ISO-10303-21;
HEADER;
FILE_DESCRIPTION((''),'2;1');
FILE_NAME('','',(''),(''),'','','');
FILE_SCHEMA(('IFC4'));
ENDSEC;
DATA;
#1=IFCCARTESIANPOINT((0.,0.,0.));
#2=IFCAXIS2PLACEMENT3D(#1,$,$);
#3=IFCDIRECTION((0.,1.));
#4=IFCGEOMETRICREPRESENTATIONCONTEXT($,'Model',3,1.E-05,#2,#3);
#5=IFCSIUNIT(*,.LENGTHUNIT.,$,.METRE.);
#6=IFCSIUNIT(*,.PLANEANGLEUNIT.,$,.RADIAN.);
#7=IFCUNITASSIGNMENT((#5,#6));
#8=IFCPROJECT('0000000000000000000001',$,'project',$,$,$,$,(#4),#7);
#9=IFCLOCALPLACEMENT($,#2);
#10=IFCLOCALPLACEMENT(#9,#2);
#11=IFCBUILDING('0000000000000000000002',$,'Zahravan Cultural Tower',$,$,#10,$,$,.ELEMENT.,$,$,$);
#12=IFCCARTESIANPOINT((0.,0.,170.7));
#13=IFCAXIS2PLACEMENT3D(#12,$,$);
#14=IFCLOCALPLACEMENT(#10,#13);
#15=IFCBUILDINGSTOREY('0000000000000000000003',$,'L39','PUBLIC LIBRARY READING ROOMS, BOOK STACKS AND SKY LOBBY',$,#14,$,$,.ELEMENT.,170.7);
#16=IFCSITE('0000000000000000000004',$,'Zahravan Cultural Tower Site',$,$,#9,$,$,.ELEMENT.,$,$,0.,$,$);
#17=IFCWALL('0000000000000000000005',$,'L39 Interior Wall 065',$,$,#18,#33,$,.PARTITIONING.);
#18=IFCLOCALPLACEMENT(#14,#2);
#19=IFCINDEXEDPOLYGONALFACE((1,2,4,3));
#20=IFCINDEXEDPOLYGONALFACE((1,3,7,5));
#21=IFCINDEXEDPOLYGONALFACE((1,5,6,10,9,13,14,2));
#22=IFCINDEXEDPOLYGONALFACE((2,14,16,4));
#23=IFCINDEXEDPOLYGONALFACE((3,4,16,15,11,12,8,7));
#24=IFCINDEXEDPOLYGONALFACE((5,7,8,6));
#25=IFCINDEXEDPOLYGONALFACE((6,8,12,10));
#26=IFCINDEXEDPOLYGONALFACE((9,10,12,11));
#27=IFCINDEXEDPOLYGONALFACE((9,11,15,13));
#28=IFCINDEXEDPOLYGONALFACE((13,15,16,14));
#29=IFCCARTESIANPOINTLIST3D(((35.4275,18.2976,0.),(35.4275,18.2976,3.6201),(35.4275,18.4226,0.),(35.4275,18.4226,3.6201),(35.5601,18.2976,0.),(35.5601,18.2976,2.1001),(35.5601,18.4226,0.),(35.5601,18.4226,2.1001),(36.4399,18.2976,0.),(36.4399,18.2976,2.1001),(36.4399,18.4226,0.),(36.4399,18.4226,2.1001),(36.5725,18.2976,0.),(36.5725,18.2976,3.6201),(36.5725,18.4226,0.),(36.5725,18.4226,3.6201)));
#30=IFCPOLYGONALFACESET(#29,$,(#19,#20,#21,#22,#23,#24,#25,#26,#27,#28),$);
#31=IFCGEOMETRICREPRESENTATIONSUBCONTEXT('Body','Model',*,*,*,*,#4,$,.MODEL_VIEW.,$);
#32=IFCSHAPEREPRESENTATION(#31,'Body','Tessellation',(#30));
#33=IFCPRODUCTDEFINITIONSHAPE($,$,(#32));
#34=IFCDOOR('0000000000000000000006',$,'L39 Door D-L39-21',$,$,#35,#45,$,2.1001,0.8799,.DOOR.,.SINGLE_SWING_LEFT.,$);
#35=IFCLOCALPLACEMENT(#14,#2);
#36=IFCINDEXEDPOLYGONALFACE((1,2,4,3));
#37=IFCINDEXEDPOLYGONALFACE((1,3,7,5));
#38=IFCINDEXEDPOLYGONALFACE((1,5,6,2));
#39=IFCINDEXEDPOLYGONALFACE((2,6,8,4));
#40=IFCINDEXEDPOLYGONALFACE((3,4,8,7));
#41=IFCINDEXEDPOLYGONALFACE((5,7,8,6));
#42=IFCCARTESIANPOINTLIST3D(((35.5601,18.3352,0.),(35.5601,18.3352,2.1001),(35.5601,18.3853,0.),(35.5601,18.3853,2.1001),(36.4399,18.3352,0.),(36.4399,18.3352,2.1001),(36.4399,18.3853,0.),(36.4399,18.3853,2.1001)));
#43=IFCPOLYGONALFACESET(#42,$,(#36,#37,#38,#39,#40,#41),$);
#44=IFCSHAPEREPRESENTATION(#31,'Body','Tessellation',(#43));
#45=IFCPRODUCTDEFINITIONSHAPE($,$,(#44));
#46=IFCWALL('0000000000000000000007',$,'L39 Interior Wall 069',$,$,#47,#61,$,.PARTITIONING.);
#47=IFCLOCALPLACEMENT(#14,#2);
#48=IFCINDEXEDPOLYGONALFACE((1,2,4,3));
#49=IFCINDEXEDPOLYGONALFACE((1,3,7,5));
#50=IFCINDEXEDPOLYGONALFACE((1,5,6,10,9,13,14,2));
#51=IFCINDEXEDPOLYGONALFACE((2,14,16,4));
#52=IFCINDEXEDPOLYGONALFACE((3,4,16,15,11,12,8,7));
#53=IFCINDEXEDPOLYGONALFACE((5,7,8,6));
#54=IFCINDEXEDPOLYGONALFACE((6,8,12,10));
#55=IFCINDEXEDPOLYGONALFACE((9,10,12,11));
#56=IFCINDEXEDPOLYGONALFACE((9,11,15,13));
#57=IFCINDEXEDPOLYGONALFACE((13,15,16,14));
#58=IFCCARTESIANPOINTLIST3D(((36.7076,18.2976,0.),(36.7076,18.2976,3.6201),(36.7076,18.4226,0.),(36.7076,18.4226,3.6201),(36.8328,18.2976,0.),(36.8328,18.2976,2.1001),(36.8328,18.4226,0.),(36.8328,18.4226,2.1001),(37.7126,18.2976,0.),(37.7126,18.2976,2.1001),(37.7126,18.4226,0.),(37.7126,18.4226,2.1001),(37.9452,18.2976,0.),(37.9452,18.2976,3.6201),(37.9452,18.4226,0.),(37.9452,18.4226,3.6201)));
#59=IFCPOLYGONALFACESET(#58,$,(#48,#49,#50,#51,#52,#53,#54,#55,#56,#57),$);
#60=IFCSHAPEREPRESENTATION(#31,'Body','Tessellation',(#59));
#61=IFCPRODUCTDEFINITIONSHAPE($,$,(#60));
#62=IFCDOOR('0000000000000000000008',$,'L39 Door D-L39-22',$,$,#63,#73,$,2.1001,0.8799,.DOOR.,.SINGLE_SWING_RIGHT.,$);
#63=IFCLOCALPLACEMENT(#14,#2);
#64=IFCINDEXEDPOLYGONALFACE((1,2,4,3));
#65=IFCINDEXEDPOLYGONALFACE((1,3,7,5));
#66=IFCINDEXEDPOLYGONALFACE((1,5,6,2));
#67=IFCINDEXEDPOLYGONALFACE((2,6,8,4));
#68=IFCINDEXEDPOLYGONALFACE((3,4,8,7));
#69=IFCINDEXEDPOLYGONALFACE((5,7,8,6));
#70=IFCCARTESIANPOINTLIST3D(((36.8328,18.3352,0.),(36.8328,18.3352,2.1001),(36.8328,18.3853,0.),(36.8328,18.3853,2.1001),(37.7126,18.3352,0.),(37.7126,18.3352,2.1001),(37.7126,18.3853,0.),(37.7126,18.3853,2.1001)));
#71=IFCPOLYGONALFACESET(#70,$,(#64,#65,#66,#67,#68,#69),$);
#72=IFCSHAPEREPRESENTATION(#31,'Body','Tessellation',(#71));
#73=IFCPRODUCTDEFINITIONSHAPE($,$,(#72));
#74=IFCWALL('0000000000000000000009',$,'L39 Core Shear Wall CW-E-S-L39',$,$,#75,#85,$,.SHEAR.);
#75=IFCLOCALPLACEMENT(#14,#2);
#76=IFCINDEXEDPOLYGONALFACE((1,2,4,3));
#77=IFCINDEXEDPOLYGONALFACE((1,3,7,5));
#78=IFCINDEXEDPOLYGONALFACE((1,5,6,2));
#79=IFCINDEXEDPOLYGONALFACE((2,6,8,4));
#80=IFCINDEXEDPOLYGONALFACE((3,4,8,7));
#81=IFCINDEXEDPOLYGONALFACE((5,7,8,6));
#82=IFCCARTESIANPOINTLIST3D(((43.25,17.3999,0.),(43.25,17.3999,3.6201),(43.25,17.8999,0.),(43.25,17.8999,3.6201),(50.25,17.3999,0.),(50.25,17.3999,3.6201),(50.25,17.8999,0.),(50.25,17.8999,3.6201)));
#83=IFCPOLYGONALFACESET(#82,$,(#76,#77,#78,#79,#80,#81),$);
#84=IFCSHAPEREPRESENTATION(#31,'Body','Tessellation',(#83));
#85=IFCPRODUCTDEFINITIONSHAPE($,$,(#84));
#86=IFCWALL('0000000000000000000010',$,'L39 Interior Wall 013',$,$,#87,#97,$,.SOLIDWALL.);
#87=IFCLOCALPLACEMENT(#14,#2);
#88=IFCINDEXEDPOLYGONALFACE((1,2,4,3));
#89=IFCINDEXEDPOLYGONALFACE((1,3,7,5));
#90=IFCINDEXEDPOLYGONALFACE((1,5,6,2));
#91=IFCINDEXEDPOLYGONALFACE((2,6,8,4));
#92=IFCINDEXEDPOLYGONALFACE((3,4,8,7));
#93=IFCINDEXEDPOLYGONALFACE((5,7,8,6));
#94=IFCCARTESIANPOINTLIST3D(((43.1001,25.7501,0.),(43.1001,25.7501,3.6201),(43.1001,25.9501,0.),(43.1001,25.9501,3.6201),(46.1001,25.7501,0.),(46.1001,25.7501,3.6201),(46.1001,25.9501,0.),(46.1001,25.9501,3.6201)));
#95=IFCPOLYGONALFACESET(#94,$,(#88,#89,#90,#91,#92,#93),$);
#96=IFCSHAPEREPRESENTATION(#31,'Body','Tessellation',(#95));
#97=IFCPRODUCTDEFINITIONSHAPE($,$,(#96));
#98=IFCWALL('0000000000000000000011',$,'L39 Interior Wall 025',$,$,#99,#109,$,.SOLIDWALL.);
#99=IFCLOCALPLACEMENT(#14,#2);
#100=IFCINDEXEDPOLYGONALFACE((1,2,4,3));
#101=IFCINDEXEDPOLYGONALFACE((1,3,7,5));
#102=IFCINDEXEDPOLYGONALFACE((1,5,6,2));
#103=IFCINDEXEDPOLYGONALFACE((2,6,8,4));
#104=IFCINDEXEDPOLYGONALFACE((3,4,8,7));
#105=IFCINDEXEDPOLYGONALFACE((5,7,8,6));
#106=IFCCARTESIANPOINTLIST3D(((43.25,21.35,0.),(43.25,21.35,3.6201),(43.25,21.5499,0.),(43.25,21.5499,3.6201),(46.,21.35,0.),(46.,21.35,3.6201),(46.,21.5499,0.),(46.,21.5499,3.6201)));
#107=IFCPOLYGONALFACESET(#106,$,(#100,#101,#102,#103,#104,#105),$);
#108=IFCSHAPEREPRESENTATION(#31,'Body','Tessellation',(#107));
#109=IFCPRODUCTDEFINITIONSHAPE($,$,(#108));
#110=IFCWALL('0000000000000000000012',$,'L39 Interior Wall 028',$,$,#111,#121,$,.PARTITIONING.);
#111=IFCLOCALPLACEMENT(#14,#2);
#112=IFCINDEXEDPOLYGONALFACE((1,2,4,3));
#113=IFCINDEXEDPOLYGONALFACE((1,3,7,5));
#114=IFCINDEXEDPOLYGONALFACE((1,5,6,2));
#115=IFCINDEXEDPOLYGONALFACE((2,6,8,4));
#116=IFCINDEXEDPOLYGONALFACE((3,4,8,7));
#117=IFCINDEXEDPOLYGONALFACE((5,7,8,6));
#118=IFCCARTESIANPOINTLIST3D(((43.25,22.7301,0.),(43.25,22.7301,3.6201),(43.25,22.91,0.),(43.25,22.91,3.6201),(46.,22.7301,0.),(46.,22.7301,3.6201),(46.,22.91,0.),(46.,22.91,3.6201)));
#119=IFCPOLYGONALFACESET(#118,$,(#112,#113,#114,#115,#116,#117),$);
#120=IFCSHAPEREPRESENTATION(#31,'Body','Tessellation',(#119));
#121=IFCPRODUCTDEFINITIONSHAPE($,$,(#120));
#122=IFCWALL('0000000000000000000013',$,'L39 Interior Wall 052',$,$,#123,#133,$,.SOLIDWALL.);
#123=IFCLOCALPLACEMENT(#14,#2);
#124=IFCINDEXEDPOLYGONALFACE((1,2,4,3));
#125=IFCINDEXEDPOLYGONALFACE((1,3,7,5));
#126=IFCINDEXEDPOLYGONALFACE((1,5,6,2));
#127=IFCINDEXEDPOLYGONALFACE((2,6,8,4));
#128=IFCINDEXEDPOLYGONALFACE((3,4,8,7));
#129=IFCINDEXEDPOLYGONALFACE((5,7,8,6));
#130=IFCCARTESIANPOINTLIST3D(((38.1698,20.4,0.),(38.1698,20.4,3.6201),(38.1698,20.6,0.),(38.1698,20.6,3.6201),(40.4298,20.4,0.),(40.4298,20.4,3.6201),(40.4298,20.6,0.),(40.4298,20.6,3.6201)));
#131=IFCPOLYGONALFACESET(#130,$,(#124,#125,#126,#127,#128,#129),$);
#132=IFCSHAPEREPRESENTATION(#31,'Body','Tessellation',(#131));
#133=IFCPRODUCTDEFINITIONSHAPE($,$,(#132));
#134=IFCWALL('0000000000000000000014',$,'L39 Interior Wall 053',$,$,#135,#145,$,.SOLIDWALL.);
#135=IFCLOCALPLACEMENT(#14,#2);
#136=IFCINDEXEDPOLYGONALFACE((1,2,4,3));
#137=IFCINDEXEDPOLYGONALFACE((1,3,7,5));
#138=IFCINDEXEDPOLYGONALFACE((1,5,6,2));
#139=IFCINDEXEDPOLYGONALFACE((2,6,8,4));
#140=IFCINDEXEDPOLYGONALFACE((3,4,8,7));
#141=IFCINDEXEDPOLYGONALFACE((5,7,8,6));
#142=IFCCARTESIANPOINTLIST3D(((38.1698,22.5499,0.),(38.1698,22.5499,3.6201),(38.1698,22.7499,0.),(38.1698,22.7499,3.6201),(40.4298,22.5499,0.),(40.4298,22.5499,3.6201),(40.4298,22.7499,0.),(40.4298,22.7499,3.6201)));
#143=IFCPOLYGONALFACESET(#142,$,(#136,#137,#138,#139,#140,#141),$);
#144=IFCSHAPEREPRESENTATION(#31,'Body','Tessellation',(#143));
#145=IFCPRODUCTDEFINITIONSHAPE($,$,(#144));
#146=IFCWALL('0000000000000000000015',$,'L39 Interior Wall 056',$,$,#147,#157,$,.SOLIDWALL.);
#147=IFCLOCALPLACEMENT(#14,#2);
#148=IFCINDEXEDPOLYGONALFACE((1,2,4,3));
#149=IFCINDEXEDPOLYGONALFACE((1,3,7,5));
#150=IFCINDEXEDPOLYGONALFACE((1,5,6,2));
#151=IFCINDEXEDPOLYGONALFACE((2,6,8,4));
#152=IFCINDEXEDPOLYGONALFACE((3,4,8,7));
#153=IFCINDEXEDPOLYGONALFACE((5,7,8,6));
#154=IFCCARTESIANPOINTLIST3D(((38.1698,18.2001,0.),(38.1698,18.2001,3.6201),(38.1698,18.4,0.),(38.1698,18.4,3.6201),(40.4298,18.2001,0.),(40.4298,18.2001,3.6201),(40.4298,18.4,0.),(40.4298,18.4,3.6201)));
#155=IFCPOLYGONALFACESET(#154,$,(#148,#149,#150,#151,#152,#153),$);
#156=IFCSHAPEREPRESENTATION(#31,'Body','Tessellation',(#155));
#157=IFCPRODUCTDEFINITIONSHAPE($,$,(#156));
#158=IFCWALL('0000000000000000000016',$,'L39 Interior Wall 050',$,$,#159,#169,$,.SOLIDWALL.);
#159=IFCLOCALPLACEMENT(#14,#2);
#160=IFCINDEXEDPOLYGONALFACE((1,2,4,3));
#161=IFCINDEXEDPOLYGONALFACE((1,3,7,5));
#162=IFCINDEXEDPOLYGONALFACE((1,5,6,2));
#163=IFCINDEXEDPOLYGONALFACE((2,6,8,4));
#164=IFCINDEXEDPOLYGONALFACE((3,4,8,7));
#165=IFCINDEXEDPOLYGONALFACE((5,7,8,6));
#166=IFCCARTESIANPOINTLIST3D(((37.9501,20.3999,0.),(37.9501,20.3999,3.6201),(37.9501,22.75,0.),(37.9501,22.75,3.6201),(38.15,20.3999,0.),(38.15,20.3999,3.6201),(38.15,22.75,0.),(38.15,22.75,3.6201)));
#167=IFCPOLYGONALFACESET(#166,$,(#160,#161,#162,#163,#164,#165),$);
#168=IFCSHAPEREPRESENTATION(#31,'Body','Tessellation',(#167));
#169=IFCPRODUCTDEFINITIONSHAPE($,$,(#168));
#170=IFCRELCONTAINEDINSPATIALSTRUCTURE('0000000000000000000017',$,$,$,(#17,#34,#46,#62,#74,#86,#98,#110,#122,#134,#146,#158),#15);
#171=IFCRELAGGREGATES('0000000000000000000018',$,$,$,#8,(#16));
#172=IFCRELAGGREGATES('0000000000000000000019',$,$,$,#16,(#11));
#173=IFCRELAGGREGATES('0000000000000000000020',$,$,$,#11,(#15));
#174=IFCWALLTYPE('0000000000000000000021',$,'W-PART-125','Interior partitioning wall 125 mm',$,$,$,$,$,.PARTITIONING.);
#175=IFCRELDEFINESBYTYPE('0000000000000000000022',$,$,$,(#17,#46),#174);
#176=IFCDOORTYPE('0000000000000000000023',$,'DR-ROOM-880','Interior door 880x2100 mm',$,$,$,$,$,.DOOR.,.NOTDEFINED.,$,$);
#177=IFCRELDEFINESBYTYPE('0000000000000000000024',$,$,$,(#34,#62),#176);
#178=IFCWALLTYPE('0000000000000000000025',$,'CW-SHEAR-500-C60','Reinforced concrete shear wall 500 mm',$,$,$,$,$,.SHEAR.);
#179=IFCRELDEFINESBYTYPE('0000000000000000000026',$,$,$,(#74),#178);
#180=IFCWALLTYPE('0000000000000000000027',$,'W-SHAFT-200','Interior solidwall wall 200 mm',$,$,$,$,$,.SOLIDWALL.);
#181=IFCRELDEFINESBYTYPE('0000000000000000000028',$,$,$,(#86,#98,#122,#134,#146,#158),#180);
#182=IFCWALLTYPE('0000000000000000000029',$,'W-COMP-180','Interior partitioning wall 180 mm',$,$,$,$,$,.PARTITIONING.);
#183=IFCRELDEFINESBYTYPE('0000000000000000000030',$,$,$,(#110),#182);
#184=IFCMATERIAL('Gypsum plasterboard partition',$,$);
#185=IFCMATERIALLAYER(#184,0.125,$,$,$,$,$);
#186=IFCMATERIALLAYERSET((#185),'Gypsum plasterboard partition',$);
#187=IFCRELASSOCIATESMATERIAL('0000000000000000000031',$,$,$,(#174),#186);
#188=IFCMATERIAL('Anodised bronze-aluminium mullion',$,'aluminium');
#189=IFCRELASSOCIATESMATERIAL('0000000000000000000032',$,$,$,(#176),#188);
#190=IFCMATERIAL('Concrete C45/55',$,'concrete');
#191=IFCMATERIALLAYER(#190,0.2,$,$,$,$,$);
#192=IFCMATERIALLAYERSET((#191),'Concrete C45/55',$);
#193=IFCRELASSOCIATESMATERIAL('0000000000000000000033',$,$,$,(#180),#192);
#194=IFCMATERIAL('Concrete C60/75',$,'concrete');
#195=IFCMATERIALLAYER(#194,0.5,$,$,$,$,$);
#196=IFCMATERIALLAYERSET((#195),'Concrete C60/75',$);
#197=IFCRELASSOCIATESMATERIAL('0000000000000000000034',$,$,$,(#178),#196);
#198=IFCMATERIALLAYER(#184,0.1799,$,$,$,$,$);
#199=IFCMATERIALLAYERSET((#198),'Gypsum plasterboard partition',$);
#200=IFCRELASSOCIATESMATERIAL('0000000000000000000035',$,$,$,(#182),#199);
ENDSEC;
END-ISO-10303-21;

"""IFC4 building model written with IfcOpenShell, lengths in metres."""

from ifc_helpers import new_model, si_unit, direction, frame, frame_2d, origin, place, context, subcontext, project, spatial, rectangle, extrude, source, transform, mapped, material, layer, layer_set, type_object, element, fill, save


model = new_model("IFC4")

# Units and contexts
model_context = context("Model", 3, precision=1e-05, world=origin(), true_north=direction((0.0, 1.0)))
body_context = subcontext(model_context, "Body", "Model", "MODEL_VIEW")
ifc_project = project(units=[si_unit("LENGTHUNIT", "METRE"), si_unit("PLANEANGLEUNIT", "RADIAN")], contexts=[model_context])

# Site, building, storey
site_placement = place(None, origin())
site = spatial("IfcSite", under=ifc_project, at=site_placement, Name="Zahravan Cultural Tower Site", CompositionType="ELEMENT", RefElevation=0.0)
building_placement = place(site_placement, origin())
building = spatial("IfcBuilding", under=site, at=building_placement, Name="Zahravan Cultural Tower", CompositionType="ELEMENT")
storey_placement = place(building_placement, frame((0.0, 0.0, 170.7)))
storey = spatial("IfcBuildingStorey", under=building, at=storey_placement, Name="L39", Description="PUBLIC LIBRARY READING ROOMS, BOOK STACKS AND SKY LOBBY", CompositionType="ELEMENT", Elevation=170.7)

# Walls, openings, doors
ifc_material_1 = material(Name="Gypsum plasterboard partition")
ifc_layer_1 = layer(ifc_material_1, 0.125)
ifc_layer_set_1 = layer_set([ifc_layer_1], Name="Gypsum plasterboard partition")
wall_type_1 = type_object("IfcWallType", Name="W-PART-125", Description="Interior partitioning wall 125 mm", PredefinedType="PARTITIONING", material=ifc_layer_set_1)
wall_1_placement = place(storey_placement, frame((36.5725, 18.3601, 0.0), z_axis=(0.0, 0.0, 1.0), x_axis=(-1.0, 0.0, 0.0)))
wall_1 = element("IfcWall", 1, at=wall_1_placement, inside=storey, type_object=wall_type_1, Name="L39 Interior Wall 065", PredefinedType="PARTITIONING", context=body_context, shape_type="SweptSolid", body=[
    extrude(rectangle(XDim=1.145, YDim=0.125, at=frame_2d((0.5725, 0.0))), origin(), (0.0, 0.0, 1.0), 3.6201),
])
opening_1_placement = place(wall_1_placement, frame((0.1326, 0.0, 0.0)))
opening_1 = element("IfcOpeningElement", 2, at=opening_1_placement, cuts=wall_1, PredefinedType="OPENING", context=body_context, shape_type="SweptSolid", body=[
    extrude(rectangle(XDim=0.8799, YDim=2.1001, at=frame_2d((0.4399, 1.05))), frame((0.0, 0.0725, 0.0), z_axis=(0.0, -1.0, 0.0), x_axis=(1.0, 0.0, 0.0)), (0.0, 0.0, 1.0), 0.145),
])
ifc_material_2 = material(Name="Anodised bronze-aluminium mullion", Category="aluminium")
door_type_1 = type_object("IfcDoorType", Name="DR-ROOM-880", Description="Interior door 880x2100 mm", OperationType="NOTDEFINED", PredefinedType="DOOR", material=ifc_material_2)
shared_shape_1 = source(origin(), body_context, "Body", "SweptSolid", [
    extrude(rectangle(XDim=0.8799, YDim=2.1001, at=frame_2d((0.4399, 1.05))), frame((0.0, 0.0249, 0.0), z_axis=(0.0, -1.0, 0.0), x_axis=(1.0, 0.0, 0.0)), (0.0, 0.0, 1.0), 0.05),
])
door_1_placement = place(opening_1_placement, origin())
door_1 = element("IfcDoor", 3, at=door_1_placement, inside=storey, type_object=door_type_1, Name="L39 Door D-L39-21", OperationType="SINGLE_SWING_LEFT", OverallHeight=2.1001, OverallWidth=0.8799, PredefinedType="DOOR", context=body_context, shape_type="MappedRepresentation", body=[
    mapped(shared_shape_1, transform((0.0, 0.0, 0.0), x_axis=(1.0, 0.0, 0.0), y_axis=(0.0, 1.0, 0.0), z_axis=(0.0, 0.0, 1.0), scale=1.0)),
])
fill(opening_1, door_1)
wall_2_placement = place(storey_placement, frame((37.9451, 18.3601, 0.0), z_axis=(0.0, 0.0, 1.0), x_axis=(-1.0, 0.0, 0.0)))
wall_2 = element("IfcWall", 4, at=wall_2_placement, inside=storey, type_object=wall_type_1, Name="L39 Interior Wall 069", PredefinedType="PARTITIONING", context=body_context, shape_type="SweptSolid", body=[
    extrude(rectangle(XDim=1.2375, YDim=0.125, at=frame_2d((0.6187, 0.0))), origin(), (0.0, 0.0, 1.0), 3.6201),
])
opening_2_placement = place(wall_2_placement, frame((0.2324, 0.0, 0.0)))
opening_2 = element("IfcOpeningElement", 5, at=opening_2_placement, cuts=wall_2, PredefinedType="OPENING", context=body_context, shape_type="SweptSolid", body=[
    extrude(rectangle(XDim=0.8799, YDim=2.1001, at=frame_2d((0.4399, 1.05))), frame((0.0, 0.0725, 0.0), z_axis=(0.0, -1.0, 0.0), x_axis=(1.0, 0.0, 0.0)), (0.0, 0.0, 1.0), 0.145),
])
door_2_placement = place(opening_2_placement, origin())
door_2 = element("IfcDoor", 6, at=door_2_placement, inside=storey, type_object=door_type_1, Name="L39 Door D-L39-22", OperationType="SINGLE_SWING_RIGHT", OverallHeight=2.1001, OverallWidth=0.8799, PredefinedType="DOOR", context=body_context, shape_type="MappedRepresentation", body=[
    mapped(shared_shape_1, transform((0.0, 0.0, 0.0), x_axis=(1.0, 0.0, 0.0), y_axis=(0.0, 1.0, 0.0), z_axis=(0.0, 0.0, 1.0), scale=1.0)),
])
fill(opening_2, door_2)
ifc_material_3 = material(Name="Concrete C45/55", Category="concrete")
ifc_layer_2 = layer(ifc_material_3, 0.2)
ifc_layer_set_2 = layer_set([ifc_layer_2], Name="Concrete C45/55")
wall_type_2 = type_object("IfcWallType", Name="W-SHAFT-200", Description="Interior solidwall wall 200 mm", PredefinedType="SOLIDWALL", material=ifc_layer_set_2)

# Walls
ifc_material_4 = material(Name="Concrete C60/75", Category="concrete")
ifc_layer_3 = layer(ifc_material_4, 0.5)
ifc_layer_set_3 = layer_set([ifc_layer_3], Name="Concrete C60/75")
wall_type_3 = type_object("IfcWallType", Name="CW-SHEAR-500-C60", Description="Reinforced concrete shear wall 500 mm", PredefinedType="SHEAR", material=ifc_layer_set_3)
shared_shape_2 = source(origin(), body_context, "Body", "SweptSolid", [
    extrude(rectangle(XDim=7.0, YDim=0.5, at=frame_2d((3.5, 0.0))), origin(), (0.0, 0.0, 1.0), 3.6201),
])
wall_3_placement = place(storey_placement, frame((43.25, 17.6499, 0.0), z_axis=(0.0, 0.0, 1.0), x_axis=(1.0, 0.0, 0.0)))
element("IfcWall", 7, at=wall_3_placement, inside=storey, type_object=wall_type_3, Name="L39 Core Shear Wall CW-E-S-L39", PredefinedType="SHEAR", context=body_context, shape_type="MappedRepresentation", body=[
    mapped(shared_shape_2, transform((0.0, 0.0, 0.0), x_axis=(1.0, 0.0, 0.0), y_axis=(0.0, 1.0, 0.0), z_axis=(0.0, 0.0, 1.0), scale=1.0)),
])
shared_shape_3 = source(origin(), body_context, "Body", "SweptSolid", [
    extrude(rectangle(XDim=3.0, YDim=0.2, at=frame_2d((1.5, 0.0))), origin(), (0.0, 0.0, 1.0), 3.6201),
])
wall_4_placement = place(storey_placement, frame((43.1001, 25.8501, 0.0), z_axis=(0.0, 0.0, 1.0), x_axis=(1.0, 0.0, 0.0)))
element("IfcWall", 8, at=wall_4_placement, inside=storey, type_object=wall_type_2, Name="L39 Interior Wall 013", PredefinedType="SOLIDWALL", context=body_context, shape_type="MappedRepresentation", body=[
    mapped(shared_shape_3, transform((0.0, 0.0, 0.0), x_axis=(1.0, 0.0, 0.0), y_axis=(0.0, 1.0, 0.0), z_axis=(0.0, 0.0, 1.0), scale=1.0)),
])
shared_shape_4 = source(origin(), body_context, "Body", "SweptSolid", [
    extrude(rectangle(XDim=2.75, YDim=0.2, at=frame_2d((1.375, 0.0))), origin(), (0.0, 0.0, 1.0), 3.6201),
])
wall_5_placement = place(storey_placement, frame((43.25, 21.45, 0.0), z_axis=(0.0, 0.0, 1.0), x_axis=(1.0, 0.0, 0.0)))
element("IfcWall", 9, at=wall_5_placement, inside=storey, type_object=wall_type_2, Name="L39 Interior Wall 025", PredefinedType="SOLIDWALL", context=body_context, shape_type="MappedRepresentation", body=[
    mapped(shared_shape_4, transform((0.0, 0.0, 0.0), x_axis=(1.0, 0.0, 0.0), y_axis=(0.0, 1.0, 0.0), z_axis=(0.0, 0.0, 1.0), scale=1.0)),
])
ifc_layer_4 = layer(ifc_material_1, 0.1799)
ifc_layer_set_4 = layer_set([ifc_layer_4], Name="Gypsum plasterboard partition")
wall_type_4 = type_object("IfcWallType", Name="W-COMP-180", Description="Interior partitioning wall 180 mm", PredefinedType="PARTITIONING", material=ifc_layer_set_4)
shared_shape_5 = source(origin(), body_context, "Body", "SweptSolid", [
    extrude(rectangle(XDim=2.75, YDim=0.1799, at=frame_2d((1.375, 0.0))), origin(), (0.0, 0.0, 1.0), 3.6201),
])
wall_6_placement = place(storey_placement, frame((43.25, 22.8201, 0.0), z_axis=(0.0, 0.0, 1.0), x_axis=(1.0, 0.0, 0.0)))
element("IfcWall", 10, at=wall_6_placement, inside=storey, type_object=wall_type_4, Name="L39 Interior Wall 028", PredefinedType="PARTITIONING", context=body_context, shape_type="MappedRepresentation", body=[
    mapped(shared_shape_5, transform((0.0, 0.0, 0.0), x_axis=(1.0, 0.0, 0.0), y_axis=(0.0, 1.0, 0.0), z_axis=(0.0, 0.0, 1.0), scale=1.0)),
])
shared_shape_6 = source(origin(), body_context, "Body", "SweptSolid", [
    extrude(rectangle(XDim=2.26, YDim=0.2, at=frame_2d((1.1299, 0.0))), origin(), (0.0, 0.0, 1.0), 3.6201),
])
for number, where, z_axis, x_axis, name in (
    (11, (38.1699, 20.5, 0.0), (0.0, 0.0, 1.0), (1.0, 0.0, 0.0), "L39 Interior Wall 052"),
    (12, (38.1699, 22.6499, 0.0), (0.0, 0.0, 1.0), (1.0, 0.0, 0.0), "L39 Interior Wall 053"),
    (13, (38.1699, 18.3, 0.0), (0.0, 0.0, 1.0), (1.0, 0.0, 0.0), "L39 Interior Wall 056"),
):
    element("IfcWall", number, at=place(storey_placement, frame(where, z_axis=z_axis, x_axis=x_axis)), inside=storey, type_object=wall_type_2, Name=name, PredefinedType="SOLIDWALL", context=body_context, shape_type="MappedRepresentation", body=[
        mapped(shared_shape_6, transform((0.0, 0.0, 0.0), x_axis=(1.0, 0.0, 0.0), y_axis=(0.0, 1.0, 0.0), z_axis=(0.0, 0.0, 1.0), scale=1.0)),
    ])
shared_shape_7 = source(origin(), body_context, "Body", "SweptSolid", [
    extrude(rectangle(XDim=2.3501, YDim=0.2, at=frame_2d((1.175, 0.0))), origin(), (0.0, 0.0, 1.0), 3.6201),
])
for number, where, z_axis, x_axis, name in (
    (14, (38.05, 20.3999, 0.0), (0.0, 0.0, 1.0), (0.0, 1.0, 0.0), "L39 Interior Wall 050"),
):
    element("IfcWall", number, at=place(storey_placement, frame(where, z_axis=z_axis, x_axis=x_axis)), inside=storey, type_object=wall_type_2, Name=name, PredefinedType="SOLIDWALL", context=body_context, shape_type="MappedRepresentation", body=[
        mapped(shared_shape_7, transform((0.0, 0.0, 0.0), x_axis=(1.0, 0.0, 0.0), y_axis=(0.0, 1.0, 0.0), z_axis=(0.0, 0.0, 1.0), scale=1.0)),
    ])

save(model, "model.ifc")
